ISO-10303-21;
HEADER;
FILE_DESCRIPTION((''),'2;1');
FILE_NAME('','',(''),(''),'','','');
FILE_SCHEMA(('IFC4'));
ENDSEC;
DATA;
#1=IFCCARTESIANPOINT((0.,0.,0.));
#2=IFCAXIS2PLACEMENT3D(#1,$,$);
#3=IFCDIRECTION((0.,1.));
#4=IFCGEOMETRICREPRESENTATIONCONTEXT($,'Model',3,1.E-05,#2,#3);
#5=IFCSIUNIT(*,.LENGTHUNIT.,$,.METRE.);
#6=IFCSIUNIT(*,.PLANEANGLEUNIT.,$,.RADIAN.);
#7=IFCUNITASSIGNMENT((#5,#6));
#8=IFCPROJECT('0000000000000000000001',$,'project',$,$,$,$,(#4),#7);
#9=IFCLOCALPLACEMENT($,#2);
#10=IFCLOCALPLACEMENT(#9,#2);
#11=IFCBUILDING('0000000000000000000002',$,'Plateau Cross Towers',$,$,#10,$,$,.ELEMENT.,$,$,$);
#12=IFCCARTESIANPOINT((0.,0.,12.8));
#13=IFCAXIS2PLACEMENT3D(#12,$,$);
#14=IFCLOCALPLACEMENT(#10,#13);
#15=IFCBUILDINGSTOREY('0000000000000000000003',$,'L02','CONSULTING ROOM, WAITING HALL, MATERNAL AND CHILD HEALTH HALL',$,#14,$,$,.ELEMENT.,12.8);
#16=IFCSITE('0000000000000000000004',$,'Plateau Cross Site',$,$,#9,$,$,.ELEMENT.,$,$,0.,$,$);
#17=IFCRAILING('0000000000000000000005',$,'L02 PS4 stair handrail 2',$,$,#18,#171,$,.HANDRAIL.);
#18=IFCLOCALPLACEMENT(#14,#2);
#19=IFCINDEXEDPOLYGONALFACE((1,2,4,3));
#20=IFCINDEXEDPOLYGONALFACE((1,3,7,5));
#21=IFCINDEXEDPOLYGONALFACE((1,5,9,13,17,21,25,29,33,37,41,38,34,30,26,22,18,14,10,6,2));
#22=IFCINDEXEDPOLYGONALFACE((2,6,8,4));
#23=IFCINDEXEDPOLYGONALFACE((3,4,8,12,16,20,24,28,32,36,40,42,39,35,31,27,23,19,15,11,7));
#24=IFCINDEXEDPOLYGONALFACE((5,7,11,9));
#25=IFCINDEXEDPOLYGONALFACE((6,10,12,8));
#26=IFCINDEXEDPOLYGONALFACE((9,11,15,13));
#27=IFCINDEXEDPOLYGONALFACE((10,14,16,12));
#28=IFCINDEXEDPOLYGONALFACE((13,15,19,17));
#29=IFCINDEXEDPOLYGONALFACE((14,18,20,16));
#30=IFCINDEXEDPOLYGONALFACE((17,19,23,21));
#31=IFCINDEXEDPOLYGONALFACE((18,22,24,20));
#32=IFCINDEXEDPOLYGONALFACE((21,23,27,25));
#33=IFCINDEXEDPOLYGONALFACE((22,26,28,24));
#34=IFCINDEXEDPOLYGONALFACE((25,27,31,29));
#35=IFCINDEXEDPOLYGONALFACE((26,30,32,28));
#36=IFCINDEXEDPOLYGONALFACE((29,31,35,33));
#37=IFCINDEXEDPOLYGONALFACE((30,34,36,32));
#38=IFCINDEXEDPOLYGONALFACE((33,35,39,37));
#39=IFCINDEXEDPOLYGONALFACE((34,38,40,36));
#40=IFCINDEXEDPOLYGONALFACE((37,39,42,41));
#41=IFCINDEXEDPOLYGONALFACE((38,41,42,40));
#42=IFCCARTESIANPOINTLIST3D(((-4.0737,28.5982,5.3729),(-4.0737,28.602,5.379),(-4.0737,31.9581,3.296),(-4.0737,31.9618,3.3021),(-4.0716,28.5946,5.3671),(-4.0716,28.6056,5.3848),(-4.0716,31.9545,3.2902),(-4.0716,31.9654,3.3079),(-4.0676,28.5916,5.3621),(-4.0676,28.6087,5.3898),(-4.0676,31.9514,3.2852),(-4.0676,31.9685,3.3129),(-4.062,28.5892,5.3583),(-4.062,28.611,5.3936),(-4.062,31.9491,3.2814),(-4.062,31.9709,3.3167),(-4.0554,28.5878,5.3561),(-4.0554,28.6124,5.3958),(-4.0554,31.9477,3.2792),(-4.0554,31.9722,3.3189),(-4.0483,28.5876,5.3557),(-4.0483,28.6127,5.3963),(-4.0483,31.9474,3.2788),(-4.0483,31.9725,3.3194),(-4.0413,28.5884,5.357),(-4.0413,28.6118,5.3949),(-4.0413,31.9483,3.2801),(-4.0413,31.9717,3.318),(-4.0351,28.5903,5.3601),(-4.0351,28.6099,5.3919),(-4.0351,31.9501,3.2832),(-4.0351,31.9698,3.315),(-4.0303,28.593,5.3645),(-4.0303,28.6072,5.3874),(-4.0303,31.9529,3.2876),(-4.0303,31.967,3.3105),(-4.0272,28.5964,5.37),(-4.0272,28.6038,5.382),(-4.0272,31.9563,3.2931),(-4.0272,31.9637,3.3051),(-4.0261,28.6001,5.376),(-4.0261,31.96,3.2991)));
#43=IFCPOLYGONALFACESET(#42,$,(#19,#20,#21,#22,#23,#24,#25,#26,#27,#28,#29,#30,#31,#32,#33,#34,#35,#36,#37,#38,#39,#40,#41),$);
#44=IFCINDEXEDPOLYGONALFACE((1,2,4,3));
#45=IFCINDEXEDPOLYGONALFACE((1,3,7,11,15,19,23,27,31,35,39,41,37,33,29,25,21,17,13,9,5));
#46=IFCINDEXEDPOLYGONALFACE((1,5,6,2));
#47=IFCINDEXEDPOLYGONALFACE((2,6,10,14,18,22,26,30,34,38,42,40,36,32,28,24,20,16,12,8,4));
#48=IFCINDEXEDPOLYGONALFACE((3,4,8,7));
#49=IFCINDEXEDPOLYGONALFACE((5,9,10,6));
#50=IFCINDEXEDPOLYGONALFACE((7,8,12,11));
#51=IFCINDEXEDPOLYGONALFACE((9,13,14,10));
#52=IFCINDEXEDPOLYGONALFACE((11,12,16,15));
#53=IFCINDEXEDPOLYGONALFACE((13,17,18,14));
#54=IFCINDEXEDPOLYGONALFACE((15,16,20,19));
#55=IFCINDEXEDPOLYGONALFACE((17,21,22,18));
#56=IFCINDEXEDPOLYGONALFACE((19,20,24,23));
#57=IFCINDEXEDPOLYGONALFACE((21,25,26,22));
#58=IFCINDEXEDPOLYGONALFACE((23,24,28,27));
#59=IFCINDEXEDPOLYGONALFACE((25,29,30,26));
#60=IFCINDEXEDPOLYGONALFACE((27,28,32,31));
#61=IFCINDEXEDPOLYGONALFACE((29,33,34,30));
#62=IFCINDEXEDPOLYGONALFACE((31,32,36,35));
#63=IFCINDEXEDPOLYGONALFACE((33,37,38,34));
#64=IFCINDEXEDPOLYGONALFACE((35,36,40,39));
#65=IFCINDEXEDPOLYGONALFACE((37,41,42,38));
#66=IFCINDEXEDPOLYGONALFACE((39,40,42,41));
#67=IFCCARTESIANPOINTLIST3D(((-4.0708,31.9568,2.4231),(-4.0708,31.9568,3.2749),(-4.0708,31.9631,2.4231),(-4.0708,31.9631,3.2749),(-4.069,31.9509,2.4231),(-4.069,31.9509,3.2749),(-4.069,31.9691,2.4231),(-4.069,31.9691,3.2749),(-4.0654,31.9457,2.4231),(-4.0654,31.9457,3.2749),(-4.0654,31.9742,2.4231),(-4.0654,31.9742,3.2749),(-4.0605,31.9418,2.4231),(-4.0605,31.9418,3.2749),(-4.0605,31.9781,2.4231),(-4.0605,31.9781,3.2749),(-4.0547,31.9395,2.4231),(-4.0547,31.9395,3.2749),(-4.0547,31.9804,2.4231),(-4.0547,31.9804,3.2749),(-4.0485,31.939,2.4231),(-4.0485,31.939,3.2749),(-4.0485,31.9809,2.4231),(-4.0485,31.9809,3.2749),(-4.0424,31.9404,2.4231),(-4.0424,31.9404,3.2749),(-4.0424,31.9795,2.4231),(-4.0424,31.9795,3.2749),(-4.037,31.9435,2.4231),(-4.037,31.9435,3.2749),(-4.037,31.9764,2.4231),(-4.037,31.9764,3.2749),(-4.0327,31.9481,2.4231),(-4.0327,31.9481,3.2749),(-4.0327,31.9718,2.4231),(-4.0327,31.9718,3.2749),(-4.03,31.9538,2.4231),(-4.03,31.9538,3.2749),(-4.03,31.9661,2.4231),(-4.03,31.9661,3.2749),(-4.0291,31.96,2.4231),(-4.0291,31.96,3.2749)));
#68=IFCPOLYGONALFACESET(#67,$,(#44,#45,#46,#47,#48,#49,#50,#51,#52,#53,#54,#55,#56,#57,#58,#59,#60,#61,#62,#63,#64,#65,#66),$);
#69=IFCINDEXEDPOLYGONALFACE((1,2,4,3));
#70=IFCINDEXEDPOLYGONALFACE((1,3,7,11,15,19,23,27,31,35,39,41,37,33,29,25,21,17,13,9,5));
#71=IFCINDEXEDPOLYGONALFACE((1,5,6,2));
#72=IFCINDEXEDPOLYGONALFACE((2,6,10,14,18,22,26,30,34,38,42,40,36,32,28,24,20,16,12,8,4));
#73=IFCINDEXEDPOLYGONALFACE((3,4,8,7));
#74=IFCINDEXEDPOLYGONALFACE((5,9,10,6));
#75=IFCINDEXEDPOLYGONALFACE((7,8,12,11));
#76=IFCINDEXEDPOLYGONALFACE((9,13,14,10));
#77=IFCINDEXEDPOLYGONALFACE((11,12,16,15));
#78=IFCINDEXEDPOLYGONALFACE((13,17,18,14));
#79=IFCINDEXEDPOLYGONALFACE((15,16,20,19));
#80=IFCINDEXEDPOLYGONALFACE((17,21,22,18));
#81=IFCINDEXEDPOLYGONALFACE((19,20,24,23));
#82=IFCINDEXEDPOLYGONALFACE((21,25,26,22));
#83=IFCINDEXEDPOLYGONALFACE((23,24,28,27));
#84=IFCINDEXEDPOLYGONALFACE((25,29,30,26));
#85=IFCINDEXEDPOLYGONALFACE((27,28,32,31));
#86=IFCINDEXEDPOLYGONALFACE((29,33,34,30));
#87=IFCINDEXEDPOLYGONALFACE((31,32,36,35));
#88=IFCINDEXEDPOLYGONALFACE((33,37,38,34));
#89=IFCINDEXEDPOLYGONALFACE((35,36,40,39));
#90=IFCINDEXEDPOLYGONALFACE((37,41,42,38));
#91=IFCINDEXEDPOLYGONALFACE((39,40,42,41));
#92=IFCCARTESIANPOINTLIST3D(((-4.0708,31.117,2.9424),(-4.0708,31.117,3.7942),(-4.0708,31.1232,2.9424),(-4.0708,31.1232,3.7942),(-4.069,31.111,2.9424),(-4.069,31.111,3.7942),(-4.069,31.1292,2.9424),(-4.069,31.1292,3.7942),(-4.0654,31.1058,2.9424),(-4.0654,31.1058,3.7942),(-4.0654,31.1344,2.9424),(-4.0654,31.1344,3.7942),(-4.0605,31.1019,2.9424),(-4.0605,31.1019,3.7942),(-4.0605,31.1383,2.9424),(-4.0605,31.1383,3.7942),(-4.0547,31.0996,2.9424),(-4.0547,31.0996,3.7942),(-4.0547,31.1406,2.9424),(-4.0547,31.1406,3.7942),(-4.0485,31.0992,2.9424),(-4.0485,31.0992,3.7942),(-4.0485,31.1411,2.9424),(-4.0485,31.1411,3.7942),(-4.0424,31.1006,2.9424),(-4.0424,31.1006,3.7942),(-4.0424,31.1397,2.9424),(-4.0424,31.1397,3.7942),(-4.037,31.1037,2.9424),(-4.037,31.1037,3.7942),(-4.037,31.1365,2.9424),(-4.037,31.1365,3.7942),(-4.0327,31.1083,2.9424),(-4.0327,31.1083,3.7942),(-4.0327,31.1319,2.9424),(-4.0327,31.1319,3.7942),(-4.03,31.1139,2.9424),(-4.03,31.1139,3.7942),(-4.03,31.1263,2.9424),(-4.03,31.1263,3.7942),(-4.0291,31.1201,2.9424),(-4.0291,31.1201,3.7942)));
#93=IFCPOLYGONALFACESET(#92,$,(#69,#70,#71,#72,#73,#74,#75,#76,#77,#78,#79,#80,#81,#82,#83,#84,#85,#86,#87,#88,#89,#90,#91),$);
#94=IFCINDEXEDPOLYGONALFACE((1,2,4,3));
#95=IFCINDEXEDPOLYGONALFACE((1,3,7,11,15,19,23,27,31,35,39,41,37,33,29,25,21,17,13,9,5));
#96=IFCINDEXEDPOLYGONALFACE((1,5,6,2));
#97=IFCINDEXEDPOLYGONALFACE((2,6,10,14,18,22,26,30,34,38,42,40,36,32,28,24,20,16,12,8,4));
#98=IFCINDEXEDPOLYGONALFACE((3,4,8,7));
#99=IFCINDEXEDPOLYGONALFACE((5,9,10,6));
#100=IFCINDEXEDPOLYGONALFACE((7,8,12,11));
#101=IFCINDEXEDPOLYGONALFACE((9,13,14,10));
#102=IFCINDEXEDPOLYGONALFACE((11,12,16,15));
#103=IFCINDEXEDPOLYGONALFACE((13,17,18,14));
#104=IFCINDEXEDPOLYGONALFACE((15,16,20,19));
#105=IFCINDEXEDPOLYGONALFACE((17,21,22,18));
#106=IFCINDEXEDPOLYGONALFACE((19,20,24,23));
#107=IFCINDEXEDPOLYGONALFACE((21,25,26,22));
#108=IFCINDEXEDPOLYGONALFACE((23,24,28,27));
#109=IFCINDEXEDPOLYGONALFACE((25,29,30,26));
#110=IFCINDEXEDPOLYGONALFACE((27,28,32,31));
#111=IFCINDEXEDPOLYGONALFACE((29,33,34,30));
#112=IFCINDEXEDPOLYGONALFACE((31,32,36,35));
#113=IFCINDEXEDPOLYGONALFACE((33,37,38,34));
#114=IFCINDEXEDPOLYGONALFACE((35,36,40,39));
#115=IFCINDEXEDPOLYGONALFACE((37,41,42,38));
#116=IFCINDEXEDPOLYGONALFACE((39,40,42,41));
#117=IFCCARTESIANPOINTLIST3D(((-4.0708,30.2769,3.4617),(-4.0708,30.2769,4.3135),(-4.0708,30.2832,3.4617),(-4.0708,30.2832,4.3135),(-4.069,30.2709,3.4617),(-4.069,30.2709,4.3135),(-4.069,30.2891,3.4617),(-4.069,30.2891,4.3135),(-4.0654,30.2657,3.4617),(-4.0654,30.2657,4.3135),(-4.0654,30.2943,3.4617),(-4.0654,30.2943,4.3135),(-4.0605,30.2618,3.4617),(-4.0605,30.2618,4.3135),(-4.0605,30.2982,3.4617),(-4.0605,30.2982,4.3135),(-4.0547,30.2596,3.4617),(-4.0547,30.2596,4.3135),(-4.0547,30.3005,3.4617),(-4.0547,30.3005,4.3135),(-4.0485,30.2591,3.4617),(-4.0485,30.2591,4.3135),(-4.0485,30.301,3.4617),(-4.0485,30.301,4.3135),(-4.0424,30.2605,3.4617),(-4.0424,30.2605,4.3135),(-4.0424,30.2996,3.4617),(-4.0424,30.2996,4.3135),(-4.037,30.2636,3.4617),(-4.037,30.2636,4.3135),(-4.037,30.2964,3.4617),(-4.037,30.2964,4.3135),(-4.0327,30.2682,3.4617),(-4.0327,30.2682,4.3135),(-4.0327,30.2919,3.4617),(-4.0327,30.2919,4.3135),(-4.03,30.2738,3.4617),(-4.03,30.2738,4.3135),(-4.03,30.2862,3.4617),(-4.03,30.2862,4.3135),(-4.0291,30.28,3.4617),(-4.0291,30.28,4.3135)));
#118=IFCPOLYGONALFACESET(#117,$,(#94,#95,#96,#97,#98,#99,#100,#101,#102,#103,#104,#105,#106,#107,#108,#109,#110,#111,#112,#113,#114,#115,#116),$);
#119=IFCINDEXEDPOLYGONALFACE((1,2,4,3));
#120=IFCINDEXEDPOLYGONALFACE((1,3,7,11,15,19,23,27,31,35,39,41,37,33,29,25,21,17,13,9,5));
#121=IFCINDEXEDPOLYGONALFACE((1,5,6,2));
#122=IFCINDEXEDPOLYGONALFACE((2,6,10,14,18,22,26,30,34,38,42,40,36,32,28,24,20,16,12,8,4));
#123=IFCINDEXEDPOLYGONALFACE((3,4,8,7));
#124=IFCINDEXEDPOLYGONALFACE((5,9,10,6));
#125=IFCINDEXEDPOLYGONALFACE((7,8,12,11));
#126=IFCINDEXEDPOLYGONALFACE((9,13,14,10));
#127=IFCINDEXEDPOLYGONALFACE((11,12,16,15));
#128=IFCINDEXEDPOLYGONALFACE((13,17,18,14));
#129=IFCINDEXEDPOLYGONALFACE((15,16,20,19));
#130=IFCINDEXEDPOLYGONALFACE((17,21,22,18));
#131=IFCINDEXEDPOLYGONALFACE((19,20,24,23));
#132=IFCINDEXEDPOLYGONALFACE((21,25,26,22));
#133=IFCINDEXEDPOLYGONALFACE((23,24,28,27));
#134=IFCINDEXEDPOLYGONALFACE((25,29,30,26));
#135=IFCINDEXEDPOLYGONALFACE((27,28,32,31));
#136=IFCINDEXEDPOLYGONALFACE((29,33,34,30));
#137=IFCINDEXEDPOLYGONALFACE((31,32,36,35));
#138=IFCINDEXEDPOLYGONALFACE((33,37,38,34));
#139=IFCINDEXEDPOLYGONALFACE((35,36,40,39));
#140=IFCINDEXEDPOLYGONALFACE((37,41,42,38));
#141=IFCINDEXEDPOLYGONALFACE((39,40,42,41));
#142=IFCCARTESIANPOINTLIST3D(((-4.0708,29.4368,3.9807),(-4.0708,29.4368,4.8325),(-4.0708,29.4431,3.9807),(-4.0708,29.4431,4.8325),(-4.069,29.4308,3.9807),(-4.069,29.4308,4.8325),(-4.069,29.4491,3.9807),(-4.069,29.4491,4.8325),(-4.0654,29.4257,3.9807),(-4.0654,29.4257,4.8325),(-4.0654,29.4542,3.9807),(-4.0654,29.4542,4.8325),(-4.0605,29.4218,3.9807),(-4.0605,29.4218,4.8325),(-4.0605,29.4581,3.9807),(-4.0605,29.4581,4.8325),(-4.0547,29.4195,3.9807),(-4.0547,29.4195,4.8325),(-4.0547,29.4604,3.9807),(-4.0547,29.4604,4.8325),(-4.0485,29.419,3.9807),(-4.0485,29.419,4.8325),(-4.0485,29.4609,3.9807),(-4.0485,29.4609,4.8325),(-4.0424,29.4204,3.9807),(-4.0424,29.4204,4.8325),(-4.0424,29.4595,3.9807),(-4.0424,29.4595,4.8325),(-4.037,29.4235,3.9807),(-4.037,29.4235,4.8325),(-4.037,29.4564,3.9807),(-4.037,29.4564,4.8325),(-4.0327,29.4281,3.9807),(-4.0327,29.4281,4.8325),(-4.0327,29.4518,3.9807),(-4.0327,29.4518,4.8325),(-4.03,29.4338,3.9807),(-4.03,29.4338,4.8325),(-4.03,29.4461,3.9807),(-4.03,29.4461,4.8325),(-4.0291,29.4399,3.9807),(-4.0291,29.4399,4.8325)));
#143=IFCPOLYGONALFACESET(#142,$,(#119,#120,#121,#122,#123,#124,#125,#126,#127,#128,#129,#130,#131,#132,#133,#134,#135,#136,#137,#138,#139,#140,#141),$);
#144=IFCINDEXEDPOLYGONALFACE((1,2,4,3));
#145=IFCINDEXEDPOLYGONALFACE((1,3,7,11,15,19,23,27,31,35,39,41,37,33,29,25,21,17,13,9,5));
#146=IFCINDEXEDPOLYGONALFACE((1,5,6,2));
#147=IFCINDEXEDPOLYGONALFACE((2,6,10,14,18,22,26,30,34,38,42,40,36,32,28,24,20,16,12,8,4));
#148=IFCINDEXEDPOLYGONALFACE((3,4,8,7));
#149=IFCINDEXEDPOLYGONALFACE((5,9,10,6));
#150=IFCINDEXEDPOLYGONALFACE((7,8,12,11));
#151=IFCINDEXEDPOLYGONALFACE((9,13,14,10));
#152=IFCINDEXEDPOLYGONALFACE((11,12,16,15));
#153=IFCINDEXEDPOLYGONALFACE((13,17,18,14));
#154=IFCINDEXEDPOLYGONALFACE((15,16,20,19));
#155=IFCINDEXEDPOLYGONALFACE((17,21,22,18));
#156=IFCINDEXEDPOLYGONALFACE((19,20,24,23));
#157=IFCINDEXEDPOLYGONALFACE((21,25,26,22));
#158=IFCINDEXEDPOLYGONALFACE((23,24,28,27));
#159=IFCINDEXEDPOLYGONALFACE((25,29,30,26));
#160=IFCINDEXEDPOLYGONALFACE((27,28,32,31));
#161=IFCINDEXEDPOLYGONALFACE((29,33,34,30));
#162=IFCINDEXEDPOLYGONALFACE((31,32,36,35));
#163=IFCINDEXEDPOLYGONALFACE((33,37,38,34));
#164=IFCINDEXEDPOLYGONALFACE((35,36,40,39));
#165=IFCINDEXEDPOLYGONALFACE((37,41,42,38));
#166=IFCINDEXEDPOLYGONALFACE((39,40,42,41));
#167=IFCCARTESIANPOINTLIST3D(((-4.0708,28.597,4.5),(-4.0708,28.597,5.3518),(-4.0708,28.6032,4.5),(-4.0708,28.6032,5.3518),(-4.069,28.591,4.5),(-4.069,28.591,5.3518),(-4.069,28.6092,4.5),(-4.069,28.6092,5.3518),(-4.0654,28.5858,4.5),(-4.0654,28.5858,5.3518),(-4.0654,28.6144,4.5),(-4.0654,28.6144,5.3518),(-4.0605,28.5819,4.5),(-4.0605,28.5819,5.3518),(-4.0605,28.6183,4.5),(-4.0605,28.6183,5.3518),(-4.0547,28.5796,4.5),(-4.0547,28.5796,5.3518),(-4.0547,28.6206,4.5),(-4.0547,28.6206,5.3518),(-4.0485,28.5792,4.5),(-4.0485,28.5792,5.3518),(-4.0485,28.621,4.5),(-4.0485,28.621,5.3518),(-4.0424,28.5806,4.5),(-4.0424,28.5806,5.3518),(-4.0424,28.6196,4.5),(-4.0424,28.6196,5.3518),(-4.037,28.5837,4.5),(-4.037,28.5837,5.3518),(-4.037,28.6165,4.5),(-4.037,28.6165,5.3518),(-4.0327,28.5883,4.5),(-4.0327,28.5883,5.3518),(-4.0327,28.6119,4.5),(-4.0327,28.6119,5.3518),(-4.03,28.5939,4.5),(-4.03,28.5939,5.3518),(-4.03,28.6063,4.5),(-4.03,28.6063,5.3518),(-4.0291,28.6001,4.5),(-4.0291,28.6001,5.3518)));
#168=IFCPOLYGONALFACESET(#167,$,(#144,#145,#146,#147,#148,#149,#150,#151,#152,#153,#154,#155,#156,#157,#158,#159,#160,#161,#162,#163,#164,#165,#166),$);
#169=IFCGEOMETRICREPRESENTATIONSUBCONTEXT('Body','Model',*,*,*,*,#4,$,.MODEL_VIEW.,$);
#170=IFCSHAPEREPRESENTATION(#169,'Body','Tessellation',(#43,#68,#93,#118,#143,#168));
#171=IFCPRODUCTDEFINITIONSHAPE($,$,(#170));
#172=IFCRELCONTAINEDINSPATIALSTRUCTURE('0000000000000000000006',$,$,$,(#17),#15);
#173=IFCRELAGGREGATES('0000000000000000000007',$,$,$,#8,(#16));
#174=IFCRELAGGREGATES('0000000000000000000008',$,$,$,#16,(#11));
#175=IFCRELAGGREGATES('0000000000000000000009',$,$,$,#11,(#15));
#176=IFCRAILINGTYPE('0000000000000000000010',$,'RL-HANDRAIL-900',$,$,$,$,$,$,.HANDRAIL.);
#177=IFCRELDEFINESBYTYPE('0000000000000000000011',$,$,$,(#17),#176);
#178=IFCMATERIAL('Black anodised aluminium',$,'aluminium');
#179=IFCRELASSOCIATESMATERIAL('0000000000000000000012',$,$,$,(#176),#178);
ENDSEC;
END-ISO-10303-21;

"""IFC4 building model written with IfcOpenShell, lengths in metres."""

from ifc_helpers import new_model, si_unit, direction, frame, origin, origin_2d, place, context, subcontext, project, spatial, circle, extrude, material, type_object, element, save


model = new_model("IFC4")

# Units and contexts
model_context = context("Model", 3, precision=1e-05, world=origin(), true_north=direction((0.0, 1.0)))
body_context = subcontext(model_context, "Body", "Model", "MODEL_VIEW")
ifc_project = project(units=[si_unit("LENGTHUNIT", "METRE"), si_unit("PLANEANGLEUNIT", "RADIAN")], contexts=[model_context])

# Site, building, storey
site_placement = place(None, origin())
site = spatial("IfcSite", under=ifc_project, at=site_placement, Name="Plateau Cross Site", CompositionType="ELEMENT", RefElevation=0.0)
building_placement = place(site_placement, origin())
building = spatial("IfcBuilding", under=site, at=building_placement, Name="Plateau Cross Towers", CompositionType="ELEMENT")
storey_placement = place(building_placement, frame((0.0, 0.0, 12.8)))
storey = spatial("IfcBuildingStorey", under=building, at=storey_placement, Name="L02", Description="CONSULTING ROOM, WAITING HALL, MATERNAL AND CHILD HEALTH HALL", CompositionType="ELEMENT", Elevation=12.8)

# Shared definitions
ifc_material_1 = material(Name="Black anodised aluminium", Category="aluminium")

# Railing
railing_type_1 = type_object("IfcRailingType", Name="RL-HANDRAIL-900", PredefinedType="HANDRAIL", material=ifc_material_1)
railing_1_placement = place(storey_placement, frame((-4.05, 31.96, 2.4231)))
element("IfcRailing", 1, at=railing_1_placement, inside=storey, type_object=railing_type_1, Name="L02 PS4 stair handrail 2", PredefinedType="HANDRAIL", context=body_context, shape_type="SweptSolid", body=[
    extrude(circle(Radius=0.0239, at=origin_2d()), frame((0.0, 0.0, 0.876), z_axis=(0.0, -0.850606, 0.525803), x_axis=(1.0, 0.0, 0.0)), (0.0, 0.0, 1.0), 3.95),
    extrude(circle(Radius=0.021, at=origin_2d()), origin(), (0.0, 0.0, 1.0), 0.8518),
    extrude(circle(Radius=0.021, at=origin_2d()), frame((0.0, -0.8398, 0.5193)), (0.0, 0.0, 1.0), 0.8518),
    extrude(circle(Radius=0.021, at=origin_2d()), frame((0.0, -1.6799, 1.0386)), (0.0, 0.0, 1.0), 0.8518),
    extrude(circle(Radius=0.021, at=origin_2d()), frame((0.0, -2.52, 1.5576)), (0.0, 0.0, 1.0), 0.8518),
    extrude(circle(Radius=0.021, at=origin_2d()), frame((0.0, -3.3599, 2.0769)), (0.0, 0.0, 1.0), 0.8518),
])

save(model, "model.ifc")
